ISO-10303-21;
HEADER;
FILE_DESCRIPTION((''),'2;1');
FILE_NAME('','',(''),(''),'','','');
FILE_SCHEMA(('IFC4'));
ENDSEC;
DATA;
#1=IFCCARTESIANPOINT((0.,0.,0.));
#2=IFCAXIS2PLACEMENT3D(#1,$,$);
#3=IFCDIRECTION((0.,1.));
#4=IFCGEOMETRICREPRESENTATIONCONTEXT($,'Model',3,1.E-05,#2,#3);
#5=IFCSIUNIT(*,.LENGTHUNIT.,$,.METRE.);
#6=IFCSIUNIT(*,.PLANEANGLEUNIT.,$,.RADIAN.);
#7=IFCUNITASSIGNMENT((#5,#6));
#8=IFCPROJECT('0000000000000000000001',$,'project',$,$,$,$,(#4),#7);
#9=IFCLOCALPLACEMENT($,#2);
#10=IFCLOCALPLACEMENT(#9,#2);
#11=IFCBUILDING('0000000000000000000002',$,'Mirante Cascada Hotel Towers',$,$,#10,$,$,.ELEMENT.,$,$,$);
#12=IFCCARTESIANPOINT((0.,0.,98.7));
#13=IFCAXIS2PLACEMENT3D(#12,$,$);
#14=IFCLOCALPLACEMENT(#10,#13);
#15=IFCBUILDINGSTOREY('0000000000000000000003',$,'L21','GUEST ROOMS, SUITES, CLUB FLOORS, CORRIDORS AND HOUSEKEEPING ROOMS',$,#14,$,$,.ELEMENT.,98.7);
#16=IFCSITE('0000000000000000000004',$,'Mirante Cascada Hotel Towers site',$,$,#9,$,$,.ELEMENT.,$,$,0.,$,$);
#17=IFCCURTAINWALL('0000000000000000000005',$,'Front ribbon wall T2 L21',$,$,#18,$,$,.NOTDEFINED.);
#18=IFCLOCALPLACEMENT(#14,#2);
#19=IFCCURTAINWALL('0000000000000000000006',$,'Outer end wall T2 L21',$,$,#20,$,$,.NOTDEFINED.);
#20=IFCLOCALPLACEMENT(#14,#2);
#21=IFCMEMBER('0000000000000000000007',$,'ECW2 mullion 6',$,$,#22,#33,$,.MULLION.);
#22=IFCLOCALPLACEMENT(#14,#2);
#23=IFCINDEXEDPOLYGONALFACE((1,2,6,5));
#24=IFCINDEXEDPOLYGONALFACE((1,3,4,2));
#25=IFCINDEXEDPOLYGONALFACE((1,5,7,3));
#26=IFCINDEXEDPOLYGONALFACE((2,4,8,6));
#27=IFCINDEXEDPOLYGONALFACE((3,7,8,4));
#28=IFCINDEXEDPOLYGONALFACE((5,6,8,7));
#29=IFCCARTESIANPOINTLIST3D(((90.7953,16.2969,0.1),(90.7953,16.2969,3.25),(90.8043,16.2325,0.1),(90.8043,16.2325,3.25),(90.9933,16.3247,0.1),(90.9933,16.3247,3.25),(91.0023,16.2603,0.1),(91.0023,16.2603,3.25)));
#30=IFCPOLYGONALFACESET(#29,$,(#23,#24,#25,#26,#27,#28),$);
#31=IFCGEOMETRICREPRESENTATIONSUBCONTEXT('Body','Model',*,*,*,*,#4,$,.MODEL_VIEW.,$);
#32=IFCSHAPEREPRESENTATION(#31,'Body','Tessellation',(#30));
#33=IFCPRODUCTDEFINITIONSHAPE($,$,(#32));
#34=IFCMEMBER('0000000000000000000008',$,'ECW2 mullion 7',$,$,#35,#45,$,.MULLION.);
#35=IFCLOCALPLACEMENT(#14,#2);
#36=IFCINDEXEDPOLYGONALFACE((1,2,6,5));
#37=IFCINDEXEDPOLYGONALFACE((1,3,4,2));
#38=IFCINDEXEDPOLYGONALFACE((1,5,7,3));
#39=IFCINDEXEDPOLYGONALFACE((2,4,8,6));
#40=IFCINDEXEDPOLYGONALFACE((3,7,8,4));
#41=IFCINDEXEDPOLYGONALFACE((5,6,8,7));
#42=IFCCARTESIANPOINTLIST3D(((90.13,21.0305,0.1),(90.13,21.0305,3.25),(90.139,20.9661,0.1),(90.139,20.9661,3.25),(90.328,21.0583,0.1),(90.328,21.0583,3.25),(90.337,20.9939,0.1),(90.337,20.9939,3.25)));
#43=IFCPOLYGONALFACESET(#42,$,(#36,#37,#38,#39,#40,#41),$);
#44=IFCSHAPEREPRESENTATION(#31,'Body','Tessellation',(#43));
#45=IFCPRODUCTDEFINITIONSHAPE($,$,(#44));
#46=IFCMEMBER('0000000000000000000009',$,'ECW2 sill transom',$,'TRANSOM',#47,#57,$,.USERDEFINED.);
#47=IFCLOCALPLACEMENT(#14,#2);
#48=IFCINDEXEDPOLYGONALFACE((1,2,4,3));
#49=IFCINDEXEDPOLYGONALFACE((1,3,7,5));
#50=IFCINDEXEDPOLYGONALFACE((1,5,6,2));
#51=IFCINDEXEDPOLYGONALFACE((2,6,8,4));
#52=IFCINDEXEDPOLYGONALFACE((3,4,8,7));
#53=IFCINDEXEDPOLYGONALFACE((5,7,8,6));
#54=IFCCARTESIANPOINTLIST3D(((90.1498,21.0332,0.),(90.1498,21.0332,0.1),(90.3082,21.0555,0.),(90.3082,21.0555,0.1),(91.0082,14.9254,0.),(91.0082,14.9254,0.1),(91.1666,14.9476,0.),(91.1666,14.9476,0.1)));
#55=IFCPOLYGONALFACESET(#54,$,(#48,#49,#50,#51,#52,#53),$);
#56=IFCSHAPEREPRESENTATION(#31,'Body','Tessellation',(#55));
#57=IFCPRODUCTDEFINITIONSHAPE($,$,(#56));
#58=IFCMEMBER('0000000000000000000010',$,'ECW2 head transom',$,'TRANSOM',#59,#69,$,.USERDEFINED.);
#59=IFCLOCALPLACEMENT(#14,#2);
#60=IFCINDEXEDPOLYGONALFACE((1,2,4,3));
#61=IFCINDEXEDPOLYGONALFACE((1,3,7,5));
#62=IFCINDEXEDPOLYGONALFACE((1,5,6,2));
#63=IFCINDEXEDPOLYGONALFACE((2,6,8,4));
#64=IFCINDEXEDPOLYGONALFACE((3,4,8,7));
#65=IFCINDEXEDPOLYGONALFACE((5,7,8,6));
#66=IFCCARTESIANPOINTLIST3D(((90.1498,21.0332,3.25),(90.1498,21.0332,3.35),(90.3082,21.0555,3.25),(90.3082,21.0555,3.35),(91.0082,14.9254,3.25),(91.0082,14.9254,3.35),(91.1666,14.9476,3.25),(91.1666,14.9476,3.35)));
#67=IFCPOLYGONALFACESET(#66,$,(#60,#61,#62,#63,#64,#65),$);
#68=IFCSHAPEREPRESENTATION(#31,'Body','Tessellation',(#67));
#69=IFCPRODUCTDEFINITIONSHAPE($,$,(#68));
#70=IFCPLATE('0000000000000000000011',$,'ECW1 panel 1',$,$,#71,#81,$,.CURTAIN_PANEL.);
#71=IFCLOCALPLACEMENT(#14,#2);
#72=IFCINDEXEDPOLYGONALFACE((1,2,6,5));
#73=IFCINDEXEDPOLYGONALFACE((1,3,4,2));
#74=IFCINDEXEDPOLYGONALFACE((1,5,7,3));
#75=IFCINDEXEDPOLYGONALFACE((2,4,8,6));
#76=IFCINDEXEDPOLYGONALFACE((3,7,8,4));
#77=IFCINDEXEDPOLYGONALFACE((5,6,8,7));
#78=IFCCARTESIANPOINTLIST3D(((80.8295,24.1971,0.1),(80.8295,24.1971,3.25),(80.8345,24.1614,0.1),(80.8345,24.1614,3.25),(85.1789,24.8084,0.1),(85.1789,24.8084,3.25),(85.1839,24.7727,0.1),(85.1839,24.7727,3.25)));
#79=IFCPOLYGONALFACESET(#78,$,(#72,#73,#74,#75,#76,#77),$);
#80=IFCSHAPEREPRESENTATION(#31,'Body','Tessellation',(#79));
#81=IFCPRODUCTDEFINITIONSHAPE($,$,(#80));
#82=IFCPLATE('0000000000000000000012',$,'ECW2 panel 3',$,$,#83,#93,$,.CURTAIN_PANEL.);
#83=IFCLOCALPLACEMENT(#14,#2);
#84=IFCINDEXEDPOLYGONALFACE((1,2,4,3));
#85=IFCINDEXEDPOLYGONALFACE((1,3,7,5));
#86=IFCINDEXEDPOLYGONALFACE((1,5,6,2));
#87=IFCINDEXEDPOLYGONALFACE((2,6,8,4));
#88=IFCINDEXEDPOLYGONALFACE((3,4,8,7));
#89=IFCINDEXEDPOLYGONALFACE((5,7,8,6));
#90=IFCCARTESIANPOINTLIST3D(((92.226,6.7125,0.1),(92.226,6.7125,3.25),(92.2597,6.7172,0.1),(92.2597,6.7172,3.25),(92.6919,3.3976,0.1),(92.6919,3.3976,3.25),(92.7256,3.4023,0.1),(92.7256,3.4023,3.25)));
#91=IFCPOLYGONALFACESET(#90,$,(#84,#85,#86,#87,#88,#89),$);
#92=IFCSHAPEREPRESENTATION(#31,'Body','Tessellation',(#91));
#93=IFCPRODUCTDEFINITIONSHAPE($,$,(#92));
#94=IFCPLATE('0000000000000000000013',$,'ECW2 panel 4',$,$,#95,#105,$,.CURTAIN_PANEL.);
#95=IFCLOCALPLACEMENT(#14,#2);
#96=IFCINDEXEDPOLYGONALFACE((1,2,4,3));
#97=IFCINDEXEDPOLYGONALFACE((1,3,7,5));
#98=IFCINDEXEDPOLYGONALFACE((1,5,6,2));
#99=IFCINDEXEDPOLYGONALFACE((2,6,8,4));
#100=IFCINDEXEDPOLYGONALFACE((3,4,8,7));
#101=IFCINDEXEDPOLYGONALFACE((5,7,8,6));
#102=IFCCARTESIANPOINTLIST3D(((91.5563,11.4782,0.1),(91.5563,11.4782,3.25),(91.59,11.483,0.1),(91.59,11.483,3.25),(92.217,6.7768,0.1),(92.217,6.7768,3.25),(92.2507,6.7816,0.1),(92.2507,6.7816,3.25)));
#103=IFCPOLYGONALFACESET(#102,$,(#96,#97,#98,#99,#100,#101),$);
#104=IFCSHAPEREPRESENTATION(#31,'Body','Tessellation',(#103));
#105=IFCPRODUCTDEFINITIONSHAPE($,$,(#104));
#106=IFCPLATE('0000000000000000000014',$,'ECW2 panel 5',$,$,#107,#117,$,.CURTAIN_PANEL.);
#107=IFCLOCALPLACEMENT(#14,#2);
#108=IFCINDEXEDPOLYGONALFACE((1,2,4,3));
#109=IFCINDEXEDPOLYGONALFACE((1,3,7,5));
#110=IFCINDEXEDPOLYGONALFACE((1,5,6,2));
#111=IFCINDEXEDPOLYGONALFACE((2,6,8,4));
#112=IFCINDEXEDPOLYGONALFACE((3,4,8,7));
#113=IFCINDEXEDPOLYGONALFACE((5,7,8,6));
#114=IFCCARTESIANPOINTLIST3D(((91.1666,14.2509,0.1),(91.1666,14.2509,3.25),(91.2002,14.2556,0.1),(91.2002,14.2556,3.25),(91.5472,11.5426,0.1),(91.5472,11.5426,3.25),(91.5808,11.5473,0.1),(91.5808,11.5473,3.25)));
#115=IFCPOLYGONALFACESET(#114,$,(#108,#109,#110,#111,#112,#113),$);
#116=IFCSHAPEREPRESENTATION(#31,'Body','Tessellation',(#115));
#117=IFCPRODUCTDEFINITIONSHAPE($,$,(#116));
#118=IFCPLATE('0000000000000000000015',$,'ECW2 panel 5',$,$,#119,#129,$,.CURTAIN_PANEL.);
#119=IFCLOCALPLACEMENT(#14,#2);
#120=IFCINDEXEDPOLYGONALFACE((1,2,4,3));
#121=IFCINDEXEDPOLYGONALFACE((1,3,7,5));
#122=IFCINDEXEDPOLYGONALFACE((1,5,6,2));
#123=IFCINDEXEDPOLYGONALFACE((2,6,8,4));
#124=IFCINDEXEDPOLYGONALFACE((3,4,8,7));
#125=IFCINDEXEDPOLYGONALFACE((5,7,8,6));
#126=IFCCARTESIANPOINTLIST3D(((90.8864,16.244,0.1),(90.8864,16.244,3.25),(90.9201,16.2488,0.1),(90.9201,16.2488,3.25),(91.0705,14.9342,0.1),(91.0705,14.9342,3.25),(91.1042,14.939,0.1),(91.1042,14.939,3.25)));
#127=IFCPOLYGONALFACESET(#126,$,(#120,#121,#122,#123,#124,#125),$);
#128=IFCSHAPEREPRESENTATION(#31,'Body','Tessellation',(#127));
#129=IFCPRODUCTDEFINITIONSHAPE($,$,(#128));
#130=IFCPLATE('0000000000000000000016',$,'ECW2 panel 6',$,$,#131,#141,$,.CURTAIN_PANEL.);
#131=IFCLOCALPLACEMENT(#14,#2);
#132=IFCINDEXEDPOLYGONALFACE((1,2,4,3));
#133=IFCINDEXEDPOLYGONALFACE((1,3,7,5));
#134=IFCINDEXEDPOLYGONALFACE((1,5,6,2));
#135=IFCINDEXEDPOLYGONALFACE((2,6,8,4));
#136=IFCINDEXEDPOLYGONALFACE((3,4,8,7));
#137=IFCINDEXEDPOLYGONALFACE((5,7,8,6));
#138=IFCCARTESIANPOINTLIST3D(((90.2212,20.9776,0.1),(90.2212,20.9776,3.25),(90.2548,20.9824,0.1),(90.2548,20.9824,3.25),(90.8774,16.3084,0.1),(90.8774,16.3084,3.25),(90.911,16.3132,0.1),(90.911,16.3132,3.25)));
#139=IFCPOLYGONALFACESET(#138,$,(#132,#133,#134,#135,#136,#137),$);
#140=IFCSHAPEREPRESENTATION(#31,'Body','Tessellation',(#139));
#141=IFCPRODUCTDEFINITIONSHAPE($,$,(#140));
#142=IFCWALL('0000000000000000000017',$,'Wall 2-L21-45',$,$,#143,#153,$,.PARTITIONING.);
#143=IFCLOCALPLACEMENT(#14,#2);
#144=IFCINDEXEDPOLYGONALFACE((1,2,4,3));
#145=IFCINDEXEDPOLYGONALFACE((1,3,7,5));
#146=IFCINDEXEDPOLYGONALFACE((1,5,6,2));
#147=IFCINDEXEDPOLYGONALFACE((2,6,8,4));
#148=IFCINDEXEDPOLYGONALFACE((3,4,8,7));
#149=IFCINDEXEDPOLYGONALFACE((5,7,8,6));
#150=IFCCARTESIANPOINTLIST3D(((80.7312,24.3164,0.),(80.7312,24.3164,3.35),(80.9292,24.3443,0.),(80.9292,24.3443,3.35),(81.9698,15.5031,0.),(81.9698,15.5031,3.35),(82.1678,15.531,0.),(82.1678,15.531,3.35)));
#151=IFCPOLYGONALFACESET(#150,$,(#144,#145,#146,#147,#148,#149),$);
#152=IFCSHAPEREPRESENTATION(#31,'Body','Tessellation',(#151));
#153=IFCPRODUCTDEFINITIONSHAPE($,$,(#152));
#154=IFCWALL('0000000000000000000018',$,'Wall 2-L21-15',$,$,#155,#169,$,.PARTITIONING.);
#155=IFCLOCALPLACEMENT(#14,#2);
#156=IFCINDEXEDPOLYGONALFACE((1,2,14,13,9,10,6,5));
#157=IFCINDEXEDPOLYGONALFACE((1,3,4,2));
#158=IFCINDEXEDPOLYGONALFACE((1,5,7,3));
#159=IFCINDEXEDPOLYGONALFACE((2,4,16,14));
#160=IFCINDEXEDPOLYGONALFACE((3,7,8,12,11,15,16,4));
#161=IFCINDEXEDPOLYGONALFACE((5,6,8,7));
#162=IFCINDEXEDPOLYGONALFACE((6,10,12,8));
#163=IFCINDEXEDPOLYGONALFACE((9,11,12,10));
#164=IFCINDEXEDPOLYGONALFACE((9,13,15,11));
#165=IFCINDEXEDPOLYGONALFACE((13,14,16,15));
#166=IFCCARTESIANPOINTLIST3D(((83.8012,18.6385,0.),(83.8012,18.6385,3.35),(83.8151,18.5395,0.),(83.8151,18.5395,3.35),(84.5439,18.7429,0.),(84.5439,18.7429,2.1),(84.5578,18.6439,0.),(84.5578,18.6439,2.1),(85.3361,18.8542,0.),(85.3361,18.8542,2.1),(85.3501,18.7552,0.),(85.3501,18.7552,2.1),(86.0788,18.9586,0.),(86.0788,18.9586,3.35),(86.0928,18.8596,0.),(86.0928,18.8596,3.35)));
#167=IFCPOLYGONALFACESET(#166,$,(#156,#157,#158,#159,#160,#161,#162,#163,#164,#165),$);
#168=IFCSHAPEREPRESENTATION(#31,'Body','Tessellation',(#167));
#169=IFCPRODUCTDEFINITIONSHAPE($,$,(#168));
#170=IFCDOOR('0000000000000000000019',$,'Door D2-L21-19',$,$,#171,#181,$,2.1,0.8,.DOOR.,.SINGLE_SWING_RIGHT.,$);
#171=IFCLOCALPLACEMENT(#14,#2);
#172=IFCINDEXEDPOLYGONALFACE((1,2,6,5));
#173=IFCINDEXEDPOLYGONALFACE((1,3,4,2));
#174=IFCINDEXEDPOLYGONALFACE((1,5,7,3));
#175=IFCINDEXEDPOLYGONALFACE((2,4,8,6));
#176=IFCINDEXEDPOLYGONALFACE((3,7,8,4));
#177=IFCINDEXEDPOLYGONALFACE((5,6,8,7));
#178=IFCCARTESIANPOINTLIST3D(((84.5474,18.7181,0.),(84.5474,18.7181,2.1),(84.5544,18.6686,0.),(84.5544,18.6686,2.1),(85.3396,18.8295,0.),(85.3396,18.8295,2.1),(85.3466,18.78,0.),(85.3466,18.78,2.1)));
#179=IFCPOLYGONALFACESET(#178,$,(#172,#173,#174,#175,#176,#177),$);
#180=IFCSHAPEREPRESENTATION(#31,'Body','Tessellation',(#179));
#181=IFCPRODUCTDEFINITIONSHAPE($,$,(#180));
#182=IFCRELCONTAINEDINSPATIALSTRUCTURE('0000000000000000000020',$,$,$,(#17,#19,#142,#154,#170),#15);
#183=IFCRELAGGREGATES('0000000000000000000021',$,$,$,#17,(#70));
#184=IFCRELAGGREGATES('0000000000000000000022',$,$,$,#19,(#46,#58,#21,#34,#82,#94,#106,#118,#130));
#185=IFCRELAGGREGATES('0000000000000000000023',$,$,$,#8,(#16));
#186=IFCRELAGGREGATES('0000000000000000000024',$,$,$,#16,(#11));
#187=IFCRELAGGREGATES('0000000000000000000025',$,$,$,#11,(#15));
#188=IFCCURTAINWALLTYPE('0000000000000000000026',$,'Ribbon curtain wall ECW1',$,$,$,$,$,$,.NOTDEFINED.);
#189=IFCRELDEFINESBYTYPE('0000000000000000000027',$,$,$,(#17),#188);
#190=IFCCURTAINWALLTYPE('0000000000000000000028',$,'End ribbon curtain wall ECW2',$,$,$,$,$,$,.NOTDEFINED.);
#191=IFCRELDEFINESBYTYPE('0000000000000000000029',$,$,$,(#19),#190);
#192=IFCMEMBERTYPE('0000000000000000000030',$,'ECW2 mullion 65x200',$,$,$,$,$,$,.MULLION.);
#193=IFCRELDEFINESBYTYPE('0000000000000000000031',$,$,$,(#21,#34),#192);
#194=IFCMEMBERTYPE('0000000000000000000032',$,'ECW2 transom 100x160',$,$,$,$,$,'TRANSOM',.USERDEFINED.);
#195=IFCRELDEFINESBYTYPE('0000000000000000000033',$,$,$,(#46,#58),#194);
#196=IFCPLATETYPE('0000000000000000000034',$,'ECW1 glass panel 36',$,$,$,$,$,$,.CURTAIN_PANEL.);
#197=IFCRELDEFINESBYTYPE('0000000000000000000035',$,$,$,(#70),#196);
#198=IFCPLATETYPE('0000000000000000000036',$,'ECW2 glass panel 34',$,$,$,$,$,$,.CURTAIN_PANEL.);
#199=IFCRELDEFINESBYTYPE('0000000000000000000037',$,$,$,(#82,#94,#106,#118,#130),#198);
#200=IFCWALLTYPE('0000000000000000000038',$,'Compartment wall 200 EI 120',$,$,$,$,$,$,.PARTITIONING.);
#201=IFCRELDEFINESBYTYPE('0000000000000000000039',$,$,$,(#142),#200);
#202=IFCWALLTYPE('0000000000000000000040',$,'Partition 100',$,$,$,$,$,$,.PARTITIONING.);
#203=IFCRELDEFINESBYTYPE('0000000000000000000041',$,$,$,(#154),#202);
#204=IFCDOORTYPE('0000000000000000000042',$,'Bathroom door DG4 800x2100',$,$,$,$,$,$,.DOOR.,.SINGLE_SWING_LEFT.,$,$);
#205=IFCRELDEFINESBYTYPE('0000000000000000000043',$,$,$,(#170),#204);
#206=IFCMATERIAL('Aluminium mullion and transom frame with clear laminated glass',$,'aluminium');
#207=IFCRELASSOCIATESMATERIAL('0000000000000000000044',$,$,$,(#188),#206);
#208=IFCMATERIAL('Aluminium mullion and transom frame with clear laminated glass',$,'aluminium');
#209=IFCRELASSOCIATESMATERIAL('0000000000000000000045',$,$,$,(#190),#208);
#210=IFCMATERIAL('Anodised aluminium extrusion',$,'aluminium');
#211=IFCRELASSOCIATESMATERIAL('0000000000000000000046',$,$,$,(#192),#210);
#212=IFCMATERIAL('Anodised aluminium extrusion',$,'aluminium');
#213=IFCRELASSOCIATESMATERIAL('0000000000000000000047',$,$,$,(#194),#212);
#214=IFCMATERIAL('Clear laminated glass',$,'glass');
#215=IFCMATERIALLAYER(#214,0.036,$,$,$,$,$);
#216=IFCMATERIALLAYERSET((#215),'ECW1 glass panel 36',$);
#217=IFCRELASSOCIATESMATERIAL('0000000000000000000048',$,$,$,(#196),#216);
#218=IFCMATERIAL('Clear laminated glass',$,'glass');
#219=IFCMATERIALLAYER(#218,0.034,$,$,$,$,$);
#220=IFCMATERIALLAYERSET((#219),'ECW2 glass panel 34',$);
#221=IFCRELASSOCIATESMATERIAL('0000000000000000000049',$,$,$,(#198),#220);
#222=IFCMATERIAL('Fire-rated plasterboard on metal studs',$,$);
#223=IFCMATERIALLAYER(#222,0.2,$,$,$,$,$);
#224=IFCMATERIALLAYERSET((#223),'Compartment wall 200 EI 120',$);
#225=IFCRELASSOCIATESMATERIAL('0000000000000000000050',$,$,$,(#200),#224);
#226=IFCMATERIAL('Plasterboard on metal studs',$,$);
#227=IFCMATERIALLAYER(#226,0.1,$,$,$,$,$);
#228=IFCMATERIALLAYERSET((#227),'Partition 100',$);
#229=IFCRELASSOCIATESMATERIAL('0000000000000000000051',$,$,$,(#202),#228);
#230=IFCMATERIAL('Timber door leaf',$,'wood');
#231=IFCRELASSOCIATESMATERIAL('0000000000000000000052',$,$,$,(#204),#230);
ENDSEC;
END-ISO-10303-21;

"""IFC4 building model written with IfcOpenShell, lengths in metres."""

from ifc_helpers import new_model, si_unit, direction, frame, frame_2d, origin, origin_2d, place, context, subcontext, project, spatial, rectangle, extrude, material, layer, layer_set, material_profile, profile_set, type_object, element, fill, aggregate, save


model = new_model("IFC4")

# Units and contexts
model_context = context("Model", 3, precision=1e-05, world=origin(), true_north=direction((0.0, 1.0)))
body_context = subcontext(model_context, "Body", "Model", "MODEL_VIEW")
ifc_project = project(units=[si_unit("LENGTHUNIT", "METRE"), si_unit("PLANEANGLEUNIT", "RADIAN")], contexts=[model_context])

# Site, building, storey
site_placement = place(None, origin())
site = spatial("IfcSite", under=ifc_project, at=site_placement, Name="Mirante Cascada Hotel Towers site", CompositionType="ELEMENT", RefElevation=0.0)
building_placement = place(site_placement, origin())
building = spatial("IfcBuilding", under=site, at=building_placement, Name="Mirante Cascada Hotel Towers", CompositionType="ELEMENT")
storey_placement = place(building_placement, frame((0.0, 0.0, 98.7)))
storey = spatial("IfcBuildingStorey", under=building, at=storey_placement, Name="L21", Description="GUEST ROOMS, SUITES, CLUB FLOORS, CORRIDORS AND HOUSEKEEPING ROOMS", CompositionType="ELEMENT", Elevation=98.7)

# Curtain walls, members
ifc_material_1 = material(Name="Aluminium mullion and transom frame with clear laminated glass", Category="aluminium")
curtain_wall_type_1 = type_object("IfcCurtainWallType", Name="Ribbon curtain wall ECW1", PredefinedType="NOTDEFINED", material=ifc_material_1)
curtain_wall_1_placement = place(storey_placement, origin())
curtain_wall_1 = element("IfcCurtainWall", 1, at=curtain_wall_1_placement, inside=storey, type_object=curtain_wall_type_1, Name="Front ribbon wall T2 L21", PredefinedType="NOTDEFINED")
ifc_material_2 = material(Name="Aluminium mullion and transom frame with clear laminated glass", Category="aluminium")
curtain_wall_type_2 = type_object("IfcCurtainWallType", Name="End ribbon curtain wall ECW2", PredefinedType="NOTDEFINED", material=ifc_material_2)
curtain_wall_2_placement = place(storey_placement, origin())
curtain_wall_2 = element("IfcCurtainWall", 2, at=curtain_wall_2_placement, inside=storey, type_object=curtain_wall_type_2, Name="Outer end wall T2 L21", PredefinedType="NOTDEFINED")
ifc_material_3 = material(Name="Anodised aluminium extrusion", Category="aluminium")
ifc_material_profile_1 = material_profile(ifc_material_3, rectangle(XDim=0.2, YDim=0.065, at=origin_2d()), Name="ECW2 MULLION 65x200")
ifc_profile_set_1 = profile_set([ifc_material_profile_1], Name="Anodised aluminium extrusion")
member_type_1 = type_object("IfcMemberType", Name="ECW2 mullion 65x200", PredefinedType="MULLION", material=ifc_profile_set_1)
member_1_placement = place(storey_placement, frame((90.8988, 16.2786, 0.1), z_axis=(0.0, 0.0, 1.0), x_axis=(-0.990268, -0.139173, 0.0)))
member_1 = element("IfcMember", 3, at=member_1_placement, type_object=member_type_1, Name="ECW2 mullion 6", PredefinedType="MULLION", context=body_context, shape_type="SweptSolid", body=[
    extrude(rectangle(XDim=0.2, YDim=0.065, at=origin_2d()), origin(), (0.0, 0.0, 1.0), 3.15),
])
member_2_placement = place(storey_placement, frame((90.2335, 21.0122, 0.1), z_axis=(0.0, 0.0, 1.0), x_axis=(-0.990268, -0.139173, 0.0)))
member_2 = element("IfcMember", 4, at=member_2_placement, type_object=member_type_1, Name="ECW2 mullion 7", PredefinedType="MULLION", context=body_context, shape_type="SweptSolid", body=[
    extrude(rectangle(XDim=0.2, YDim=0.065, at=origin_2d()), origin(), (0.0, 0.0, 1.0), 3.15),
])
ifc_material_4 = material(Name="Anodised aluminium extrusion", Category="aluminium")
ifc_material_profile_2 = material_profile(ifc_material_4, rectangle(XDim=0.16, YDim=0.1, at=origin_2d()), Name="ECW2 TRANSOM 100x160")
ifc_profile_set_2 = profile_set([ifc_material_profile_2], Name="Anodised aluminium extrusion")
member_type_2 = type_object("IfcMemberType", Name="ECW2 transom 100x160", ElementType="TRANSOM", PredefinedType="USERDEFINED", material=ifc_profile_set_2)
member_3_placement = place(storey_placement, frame((91.0874, 14.9365, 0.05), z_axis=(-0.139172, 0.990268, 0.0), x_axis=(-0.990268, -0.139172, 0.0)))
member_3 = element("IfcMember", 5, at=member_3_placement, type_object=member_type_2, Name="ECW2 sill transom", ObjectType="TRANSOM", PredefinedType="USERDEFINED", context=body_context, shape_type="SweptSolid", body=[
    extrude(rectangle(XDim=0.16, YDim=0.1, at=origin_2d()), origin(), (0.0, 0.0, 1.0), 6.1679),
])
member_4_placement = place(storey_placement, frame((91.0874, 14.9365, 3.3), z_axis=(-0.139172, 0.990268, 0.0), x_axis=(-0.990268, -0.139172, 0.0)))
member_4 = element("IfcMember", 6, at=member_4_placement, type_object=member_type_2, Name="ECW2 head transom", ObjectType="TRANSOM", PredefinedType="USERDEFINED", context=body_context, shape_type="SweptSolid", body=[
    extrude(rectangle(XDim=0.16, YDim=0.1, at=origin_2d()), origin(), (0.0, 0.0, 1.0), 6.1679),
])

# Plates
ifc_material_5 = material(Name="Clear laminated glass", Category="glass")
ifc_layer_1 = layer(ifc_material_5, 0.036)
ifc_layer_set_1 = layer_set([ifc_layer_1], Name="ECW1 glass panel 36")
plate_type_1 = type_object("IfcPlateType", Name="ECW1 glass panel 36", PredefinedType="CURTAIN_PANEL", material=ifc_layer_set_1)
plate_1_placement = place(storey_placement, frame((83.0067, 24.4849, 0.1), z_axis=(0.0, 0.0, 1.0), x_axis=(-0.990268, -0.139173, 0.0)))
plate_1 = element("IfcPlate", 7, at=plate_1_placement, type_object=plate_type_1, Name="ECW1 panel 1", PredefinedType="CURTAIN_PANEL", context=body_context, shape_type="SweptSolid", body=[
    extrude(rectangle(XDim=4.3921, YDim=0.036, at=origin_2d()), origin(), (0.0, 0.0, 1.0), 3.15),
])
aggregate(curtain_wall_1, [plate_1])
ifc_material_6 = material(Name="Clear laminated glass", Category="glass")
ifc_layer_2 = layer(ifc_material_6, 0.034)
ifc_layer_set_2 = layer_set([ifc_layer_2], Name="ECW2 glass panel 34")
plate_type_2 = type_object("IfcPlateType", Name="ECW2 glass panel 34", PredefinedType="CURTAIN_PANEL", material=ifc_layer_set_2)
plate_2_placement = place(storey_placement, frame((92.4758, 5.0574, 0.1), z_axis=(0.0, 0.0, 1.0), x_axis=(-0.139173, 0.990268, 0.0)))
plate_2 = element("IfcPlate", 8, at=plate_2_placement, type_object=plate_type_2, Name="ECW2 panel 3", PredefinedType="CURTAIN_PANEL", context=body_context, shape_type="SweptSolid", body=[
    extrude(rectangle(XDim=3.3475, YDim=0.034, at=origin_2d()), origin(), (0.0, 0.0, 1.0), 3.15),
])
plate_3_placement = place(storey_placement, frame((91.9035, 9.1299, 0.1), z_axis=(0.0, 0.0, 1.0), x_axis=(-0.139173, 0.990268, 0.0)))
plate_3 = element("IfcPlate", 9, at=plate_3_placement, type_object=plate_type_2, Name="ECW2 panel 4", PredefinedType="CURTAIN_PANEL", context=body_context, shape_type="SweptSolid", body=[
    extrude(rectangle(XDim=4.7476, YDim=0.034, at=origin_2d()), origin(), (0.0, 0.0, 1.0), 3.15),
])
plate_4_placement = place(storey_placement, frame((91.3737, 12.8991, 0.1), z_axis=(0.0, 0.0, 1.0), x_axis=(-0.139173, 0.990268, 0.0)))
plate_4 = element("IfcPlate", 10, at=plate_4_placement, type_object=plate_type_2, Name="ECW2 panel 5", PredefinedType="CURTAIN_PANEL", context=body_context, shape_type="SweptSolid", body=[
    extrude(rectangle(XDim=2.7349, YDim=0.034, at=origin_2d()), origin(), (0.0, 0.0, 1.0), 3.15),
])
plate_5_placement = place(storey_placement, frame((90.9953, 15.5915, 0.1), z_axis=(0.0, 0.0, 1.0), x_axis=(-0.139173, 0.990268, 0.0)))
plate_5 = element("IfcPlate", 11, at=plate_5_placement, type_object=plate_type_2, Name="ECW2 panel 5", PredefinedType="CURTAIN_PANEL", context=body_context, shape_type="SweptSolid", body=[
    extrude(rectangle(XDim=1.3227, YDim=0.034, at=origin_2d()), origin(), (0.0, 0.0, 1.0), 3.15),
])
plate_6_placement = place(storey_placement, frame((90.5661, 18.6454, 0.1), z_axis=(0.0, 0.0, 1.0), x_axis=(-0.139173, 0.990268, 0.0)))
plate_6 = element("IfcPlate", 12, at=plate_6_placement, type_object=plate_type_2, Name="ECW2 panel 6", PredefinedType="CURTAIN_PANEL", context=body_context, shape_type="SweptSolid", body=[
    extrude(rectangle(XDim=4.7151, YDim=0.034, at=origin_2d()), origin(), (0.0, 0.0, 1.0), 3.15),
])
aggregate(curtain_wall_2, [member_3, member_4, member_1, member_2, plate_2, plate_3, plate_4, plate_5, plate_6])

# Wall
ifc_material_7 = material(Name="Fire-rated plasterboard on metal studs")
ifc_layer_3 = layer(ifc_material_7, 0.2)
ifc_layer_set_3 = layer_set([ifc_layer_3], Name="Compartment wall 200 EI 120")
wall_type_1 = type_object("IfcWallType", Name="Compartment wall 200 EI 120", PredefinedType="PARTITIONING", material=ifc_layer_set_3)
wall_1_placement = place(storey_placement, frame((80.8302, 24.3304, 0.0), z_axis=(0.0, 0.0, 1.0), x_axis=(0.13917, -0.990268, 0.0)))
element("IfcWall", 13, at=wall_1_placement, inside=storey, type_object=wall_type_1, Name="Wall 2-L21-45", PredefinedType="PARTITIONING", context=body_context, shape_type="SweptSolid", body=[
    extrude(rectangle(XDim=8.8999, YDim=0.2, at=frame_2d((4.45, 0.0))), origin(), (0.0, 0.0, 1.0), 3.35),
])

# Wall, opening, door
ifc_material_8 = material(Name="Plasterboard on metal studs")
ifc_layer_4 = layer(ifc_material_8, 0.1)
ifc_layer_set_4 = layer_set([ifc_layer_4], Name="Partition 100")
wall_type_2 = type_object("IfcWallType", Name="Partition 100", PredefinedType="PARTITIONING", material=ifc_layer_set_4)
wall_2_placement = place(storey_placement, frame((86.0858, 18.9091, 0.0), z_axis=(0.0, 0.0, 1.0), x_axis=(-0.990268, -0.139175, 0.0)))
wall_2 = element("IfcWall", 14, at=wall_2_placement, inside=storey, type_object=wall_type_2, Name="Wall 2-L21-15", PredefinedType="PARTITIONING", context=body_context, shape_type="SweptSolid", body=[
    extrude(rectangle(XDim=2.3, YDim=0.1, at=frame_2d((1.15, 0.0))), origin(), (0.0, 0.0, 1.0), 3.35),
])
opening_1_placement = place(wall_2_placement, frame((0.75, 0.0, 0.0)))
opening_1 = element("IfcOpeningElement", 15, at=opening_1_placement, cuts=wall_2, PredefinedType="OPENING", context=body_context, shape_type="SweptSolid", body=[
    extrude(rectangle(XDim=0.8, YDim=2.1, at=frame_2d((0.4, 1.05))), frame((0.0, 0.05, 0.0), z_axis=(0.0, -1.0, 0.0), x_axis=(1.0, 0.0, 0.0)), (0.0, 0.0, 1.0), 0.1),
])
ifc_material_9 = material(Name="Timber door leaf", Category="wood")
door_type = type_object("IfcDoorType", Name="Bathroom door DG4 800x2100", OperationType="SINGLE_SWING_LEFT", PredefinedType="DOOR", material=ifc_material_9)
door_placement = place(opening_1_placement, frame((0.8, 0.0, 0.0), z_axis=(0.0, 0.0, 1.0), x_axis=(-1.0, 0.0, 0.0)))
door = element("IfcDoor", 16, at=door_placement, inside=storey, type_object=door_type, Name="Door D2-L21-19", OperationType="SINGLE_SWING_RIGHT", OverallHeight=2.1, OverallWidth=0.8, PredefinedType="DOOR", context=body_context, shape_type="SweptSolid", body=[
    extrude(rectangle(XDim=0.8, YDim=2.1, at=frame_2d((0.4, 1.05))), frame((0.0, 0.025, 0.0), z_axis=(0.0, -1.0, 0.0), x_axis=(1.0, 0.0, 0.0)), (0.0, 0.0, 1.0), 0.05),
])
fill(opening_1, door)

save(model, "model.ifc")
